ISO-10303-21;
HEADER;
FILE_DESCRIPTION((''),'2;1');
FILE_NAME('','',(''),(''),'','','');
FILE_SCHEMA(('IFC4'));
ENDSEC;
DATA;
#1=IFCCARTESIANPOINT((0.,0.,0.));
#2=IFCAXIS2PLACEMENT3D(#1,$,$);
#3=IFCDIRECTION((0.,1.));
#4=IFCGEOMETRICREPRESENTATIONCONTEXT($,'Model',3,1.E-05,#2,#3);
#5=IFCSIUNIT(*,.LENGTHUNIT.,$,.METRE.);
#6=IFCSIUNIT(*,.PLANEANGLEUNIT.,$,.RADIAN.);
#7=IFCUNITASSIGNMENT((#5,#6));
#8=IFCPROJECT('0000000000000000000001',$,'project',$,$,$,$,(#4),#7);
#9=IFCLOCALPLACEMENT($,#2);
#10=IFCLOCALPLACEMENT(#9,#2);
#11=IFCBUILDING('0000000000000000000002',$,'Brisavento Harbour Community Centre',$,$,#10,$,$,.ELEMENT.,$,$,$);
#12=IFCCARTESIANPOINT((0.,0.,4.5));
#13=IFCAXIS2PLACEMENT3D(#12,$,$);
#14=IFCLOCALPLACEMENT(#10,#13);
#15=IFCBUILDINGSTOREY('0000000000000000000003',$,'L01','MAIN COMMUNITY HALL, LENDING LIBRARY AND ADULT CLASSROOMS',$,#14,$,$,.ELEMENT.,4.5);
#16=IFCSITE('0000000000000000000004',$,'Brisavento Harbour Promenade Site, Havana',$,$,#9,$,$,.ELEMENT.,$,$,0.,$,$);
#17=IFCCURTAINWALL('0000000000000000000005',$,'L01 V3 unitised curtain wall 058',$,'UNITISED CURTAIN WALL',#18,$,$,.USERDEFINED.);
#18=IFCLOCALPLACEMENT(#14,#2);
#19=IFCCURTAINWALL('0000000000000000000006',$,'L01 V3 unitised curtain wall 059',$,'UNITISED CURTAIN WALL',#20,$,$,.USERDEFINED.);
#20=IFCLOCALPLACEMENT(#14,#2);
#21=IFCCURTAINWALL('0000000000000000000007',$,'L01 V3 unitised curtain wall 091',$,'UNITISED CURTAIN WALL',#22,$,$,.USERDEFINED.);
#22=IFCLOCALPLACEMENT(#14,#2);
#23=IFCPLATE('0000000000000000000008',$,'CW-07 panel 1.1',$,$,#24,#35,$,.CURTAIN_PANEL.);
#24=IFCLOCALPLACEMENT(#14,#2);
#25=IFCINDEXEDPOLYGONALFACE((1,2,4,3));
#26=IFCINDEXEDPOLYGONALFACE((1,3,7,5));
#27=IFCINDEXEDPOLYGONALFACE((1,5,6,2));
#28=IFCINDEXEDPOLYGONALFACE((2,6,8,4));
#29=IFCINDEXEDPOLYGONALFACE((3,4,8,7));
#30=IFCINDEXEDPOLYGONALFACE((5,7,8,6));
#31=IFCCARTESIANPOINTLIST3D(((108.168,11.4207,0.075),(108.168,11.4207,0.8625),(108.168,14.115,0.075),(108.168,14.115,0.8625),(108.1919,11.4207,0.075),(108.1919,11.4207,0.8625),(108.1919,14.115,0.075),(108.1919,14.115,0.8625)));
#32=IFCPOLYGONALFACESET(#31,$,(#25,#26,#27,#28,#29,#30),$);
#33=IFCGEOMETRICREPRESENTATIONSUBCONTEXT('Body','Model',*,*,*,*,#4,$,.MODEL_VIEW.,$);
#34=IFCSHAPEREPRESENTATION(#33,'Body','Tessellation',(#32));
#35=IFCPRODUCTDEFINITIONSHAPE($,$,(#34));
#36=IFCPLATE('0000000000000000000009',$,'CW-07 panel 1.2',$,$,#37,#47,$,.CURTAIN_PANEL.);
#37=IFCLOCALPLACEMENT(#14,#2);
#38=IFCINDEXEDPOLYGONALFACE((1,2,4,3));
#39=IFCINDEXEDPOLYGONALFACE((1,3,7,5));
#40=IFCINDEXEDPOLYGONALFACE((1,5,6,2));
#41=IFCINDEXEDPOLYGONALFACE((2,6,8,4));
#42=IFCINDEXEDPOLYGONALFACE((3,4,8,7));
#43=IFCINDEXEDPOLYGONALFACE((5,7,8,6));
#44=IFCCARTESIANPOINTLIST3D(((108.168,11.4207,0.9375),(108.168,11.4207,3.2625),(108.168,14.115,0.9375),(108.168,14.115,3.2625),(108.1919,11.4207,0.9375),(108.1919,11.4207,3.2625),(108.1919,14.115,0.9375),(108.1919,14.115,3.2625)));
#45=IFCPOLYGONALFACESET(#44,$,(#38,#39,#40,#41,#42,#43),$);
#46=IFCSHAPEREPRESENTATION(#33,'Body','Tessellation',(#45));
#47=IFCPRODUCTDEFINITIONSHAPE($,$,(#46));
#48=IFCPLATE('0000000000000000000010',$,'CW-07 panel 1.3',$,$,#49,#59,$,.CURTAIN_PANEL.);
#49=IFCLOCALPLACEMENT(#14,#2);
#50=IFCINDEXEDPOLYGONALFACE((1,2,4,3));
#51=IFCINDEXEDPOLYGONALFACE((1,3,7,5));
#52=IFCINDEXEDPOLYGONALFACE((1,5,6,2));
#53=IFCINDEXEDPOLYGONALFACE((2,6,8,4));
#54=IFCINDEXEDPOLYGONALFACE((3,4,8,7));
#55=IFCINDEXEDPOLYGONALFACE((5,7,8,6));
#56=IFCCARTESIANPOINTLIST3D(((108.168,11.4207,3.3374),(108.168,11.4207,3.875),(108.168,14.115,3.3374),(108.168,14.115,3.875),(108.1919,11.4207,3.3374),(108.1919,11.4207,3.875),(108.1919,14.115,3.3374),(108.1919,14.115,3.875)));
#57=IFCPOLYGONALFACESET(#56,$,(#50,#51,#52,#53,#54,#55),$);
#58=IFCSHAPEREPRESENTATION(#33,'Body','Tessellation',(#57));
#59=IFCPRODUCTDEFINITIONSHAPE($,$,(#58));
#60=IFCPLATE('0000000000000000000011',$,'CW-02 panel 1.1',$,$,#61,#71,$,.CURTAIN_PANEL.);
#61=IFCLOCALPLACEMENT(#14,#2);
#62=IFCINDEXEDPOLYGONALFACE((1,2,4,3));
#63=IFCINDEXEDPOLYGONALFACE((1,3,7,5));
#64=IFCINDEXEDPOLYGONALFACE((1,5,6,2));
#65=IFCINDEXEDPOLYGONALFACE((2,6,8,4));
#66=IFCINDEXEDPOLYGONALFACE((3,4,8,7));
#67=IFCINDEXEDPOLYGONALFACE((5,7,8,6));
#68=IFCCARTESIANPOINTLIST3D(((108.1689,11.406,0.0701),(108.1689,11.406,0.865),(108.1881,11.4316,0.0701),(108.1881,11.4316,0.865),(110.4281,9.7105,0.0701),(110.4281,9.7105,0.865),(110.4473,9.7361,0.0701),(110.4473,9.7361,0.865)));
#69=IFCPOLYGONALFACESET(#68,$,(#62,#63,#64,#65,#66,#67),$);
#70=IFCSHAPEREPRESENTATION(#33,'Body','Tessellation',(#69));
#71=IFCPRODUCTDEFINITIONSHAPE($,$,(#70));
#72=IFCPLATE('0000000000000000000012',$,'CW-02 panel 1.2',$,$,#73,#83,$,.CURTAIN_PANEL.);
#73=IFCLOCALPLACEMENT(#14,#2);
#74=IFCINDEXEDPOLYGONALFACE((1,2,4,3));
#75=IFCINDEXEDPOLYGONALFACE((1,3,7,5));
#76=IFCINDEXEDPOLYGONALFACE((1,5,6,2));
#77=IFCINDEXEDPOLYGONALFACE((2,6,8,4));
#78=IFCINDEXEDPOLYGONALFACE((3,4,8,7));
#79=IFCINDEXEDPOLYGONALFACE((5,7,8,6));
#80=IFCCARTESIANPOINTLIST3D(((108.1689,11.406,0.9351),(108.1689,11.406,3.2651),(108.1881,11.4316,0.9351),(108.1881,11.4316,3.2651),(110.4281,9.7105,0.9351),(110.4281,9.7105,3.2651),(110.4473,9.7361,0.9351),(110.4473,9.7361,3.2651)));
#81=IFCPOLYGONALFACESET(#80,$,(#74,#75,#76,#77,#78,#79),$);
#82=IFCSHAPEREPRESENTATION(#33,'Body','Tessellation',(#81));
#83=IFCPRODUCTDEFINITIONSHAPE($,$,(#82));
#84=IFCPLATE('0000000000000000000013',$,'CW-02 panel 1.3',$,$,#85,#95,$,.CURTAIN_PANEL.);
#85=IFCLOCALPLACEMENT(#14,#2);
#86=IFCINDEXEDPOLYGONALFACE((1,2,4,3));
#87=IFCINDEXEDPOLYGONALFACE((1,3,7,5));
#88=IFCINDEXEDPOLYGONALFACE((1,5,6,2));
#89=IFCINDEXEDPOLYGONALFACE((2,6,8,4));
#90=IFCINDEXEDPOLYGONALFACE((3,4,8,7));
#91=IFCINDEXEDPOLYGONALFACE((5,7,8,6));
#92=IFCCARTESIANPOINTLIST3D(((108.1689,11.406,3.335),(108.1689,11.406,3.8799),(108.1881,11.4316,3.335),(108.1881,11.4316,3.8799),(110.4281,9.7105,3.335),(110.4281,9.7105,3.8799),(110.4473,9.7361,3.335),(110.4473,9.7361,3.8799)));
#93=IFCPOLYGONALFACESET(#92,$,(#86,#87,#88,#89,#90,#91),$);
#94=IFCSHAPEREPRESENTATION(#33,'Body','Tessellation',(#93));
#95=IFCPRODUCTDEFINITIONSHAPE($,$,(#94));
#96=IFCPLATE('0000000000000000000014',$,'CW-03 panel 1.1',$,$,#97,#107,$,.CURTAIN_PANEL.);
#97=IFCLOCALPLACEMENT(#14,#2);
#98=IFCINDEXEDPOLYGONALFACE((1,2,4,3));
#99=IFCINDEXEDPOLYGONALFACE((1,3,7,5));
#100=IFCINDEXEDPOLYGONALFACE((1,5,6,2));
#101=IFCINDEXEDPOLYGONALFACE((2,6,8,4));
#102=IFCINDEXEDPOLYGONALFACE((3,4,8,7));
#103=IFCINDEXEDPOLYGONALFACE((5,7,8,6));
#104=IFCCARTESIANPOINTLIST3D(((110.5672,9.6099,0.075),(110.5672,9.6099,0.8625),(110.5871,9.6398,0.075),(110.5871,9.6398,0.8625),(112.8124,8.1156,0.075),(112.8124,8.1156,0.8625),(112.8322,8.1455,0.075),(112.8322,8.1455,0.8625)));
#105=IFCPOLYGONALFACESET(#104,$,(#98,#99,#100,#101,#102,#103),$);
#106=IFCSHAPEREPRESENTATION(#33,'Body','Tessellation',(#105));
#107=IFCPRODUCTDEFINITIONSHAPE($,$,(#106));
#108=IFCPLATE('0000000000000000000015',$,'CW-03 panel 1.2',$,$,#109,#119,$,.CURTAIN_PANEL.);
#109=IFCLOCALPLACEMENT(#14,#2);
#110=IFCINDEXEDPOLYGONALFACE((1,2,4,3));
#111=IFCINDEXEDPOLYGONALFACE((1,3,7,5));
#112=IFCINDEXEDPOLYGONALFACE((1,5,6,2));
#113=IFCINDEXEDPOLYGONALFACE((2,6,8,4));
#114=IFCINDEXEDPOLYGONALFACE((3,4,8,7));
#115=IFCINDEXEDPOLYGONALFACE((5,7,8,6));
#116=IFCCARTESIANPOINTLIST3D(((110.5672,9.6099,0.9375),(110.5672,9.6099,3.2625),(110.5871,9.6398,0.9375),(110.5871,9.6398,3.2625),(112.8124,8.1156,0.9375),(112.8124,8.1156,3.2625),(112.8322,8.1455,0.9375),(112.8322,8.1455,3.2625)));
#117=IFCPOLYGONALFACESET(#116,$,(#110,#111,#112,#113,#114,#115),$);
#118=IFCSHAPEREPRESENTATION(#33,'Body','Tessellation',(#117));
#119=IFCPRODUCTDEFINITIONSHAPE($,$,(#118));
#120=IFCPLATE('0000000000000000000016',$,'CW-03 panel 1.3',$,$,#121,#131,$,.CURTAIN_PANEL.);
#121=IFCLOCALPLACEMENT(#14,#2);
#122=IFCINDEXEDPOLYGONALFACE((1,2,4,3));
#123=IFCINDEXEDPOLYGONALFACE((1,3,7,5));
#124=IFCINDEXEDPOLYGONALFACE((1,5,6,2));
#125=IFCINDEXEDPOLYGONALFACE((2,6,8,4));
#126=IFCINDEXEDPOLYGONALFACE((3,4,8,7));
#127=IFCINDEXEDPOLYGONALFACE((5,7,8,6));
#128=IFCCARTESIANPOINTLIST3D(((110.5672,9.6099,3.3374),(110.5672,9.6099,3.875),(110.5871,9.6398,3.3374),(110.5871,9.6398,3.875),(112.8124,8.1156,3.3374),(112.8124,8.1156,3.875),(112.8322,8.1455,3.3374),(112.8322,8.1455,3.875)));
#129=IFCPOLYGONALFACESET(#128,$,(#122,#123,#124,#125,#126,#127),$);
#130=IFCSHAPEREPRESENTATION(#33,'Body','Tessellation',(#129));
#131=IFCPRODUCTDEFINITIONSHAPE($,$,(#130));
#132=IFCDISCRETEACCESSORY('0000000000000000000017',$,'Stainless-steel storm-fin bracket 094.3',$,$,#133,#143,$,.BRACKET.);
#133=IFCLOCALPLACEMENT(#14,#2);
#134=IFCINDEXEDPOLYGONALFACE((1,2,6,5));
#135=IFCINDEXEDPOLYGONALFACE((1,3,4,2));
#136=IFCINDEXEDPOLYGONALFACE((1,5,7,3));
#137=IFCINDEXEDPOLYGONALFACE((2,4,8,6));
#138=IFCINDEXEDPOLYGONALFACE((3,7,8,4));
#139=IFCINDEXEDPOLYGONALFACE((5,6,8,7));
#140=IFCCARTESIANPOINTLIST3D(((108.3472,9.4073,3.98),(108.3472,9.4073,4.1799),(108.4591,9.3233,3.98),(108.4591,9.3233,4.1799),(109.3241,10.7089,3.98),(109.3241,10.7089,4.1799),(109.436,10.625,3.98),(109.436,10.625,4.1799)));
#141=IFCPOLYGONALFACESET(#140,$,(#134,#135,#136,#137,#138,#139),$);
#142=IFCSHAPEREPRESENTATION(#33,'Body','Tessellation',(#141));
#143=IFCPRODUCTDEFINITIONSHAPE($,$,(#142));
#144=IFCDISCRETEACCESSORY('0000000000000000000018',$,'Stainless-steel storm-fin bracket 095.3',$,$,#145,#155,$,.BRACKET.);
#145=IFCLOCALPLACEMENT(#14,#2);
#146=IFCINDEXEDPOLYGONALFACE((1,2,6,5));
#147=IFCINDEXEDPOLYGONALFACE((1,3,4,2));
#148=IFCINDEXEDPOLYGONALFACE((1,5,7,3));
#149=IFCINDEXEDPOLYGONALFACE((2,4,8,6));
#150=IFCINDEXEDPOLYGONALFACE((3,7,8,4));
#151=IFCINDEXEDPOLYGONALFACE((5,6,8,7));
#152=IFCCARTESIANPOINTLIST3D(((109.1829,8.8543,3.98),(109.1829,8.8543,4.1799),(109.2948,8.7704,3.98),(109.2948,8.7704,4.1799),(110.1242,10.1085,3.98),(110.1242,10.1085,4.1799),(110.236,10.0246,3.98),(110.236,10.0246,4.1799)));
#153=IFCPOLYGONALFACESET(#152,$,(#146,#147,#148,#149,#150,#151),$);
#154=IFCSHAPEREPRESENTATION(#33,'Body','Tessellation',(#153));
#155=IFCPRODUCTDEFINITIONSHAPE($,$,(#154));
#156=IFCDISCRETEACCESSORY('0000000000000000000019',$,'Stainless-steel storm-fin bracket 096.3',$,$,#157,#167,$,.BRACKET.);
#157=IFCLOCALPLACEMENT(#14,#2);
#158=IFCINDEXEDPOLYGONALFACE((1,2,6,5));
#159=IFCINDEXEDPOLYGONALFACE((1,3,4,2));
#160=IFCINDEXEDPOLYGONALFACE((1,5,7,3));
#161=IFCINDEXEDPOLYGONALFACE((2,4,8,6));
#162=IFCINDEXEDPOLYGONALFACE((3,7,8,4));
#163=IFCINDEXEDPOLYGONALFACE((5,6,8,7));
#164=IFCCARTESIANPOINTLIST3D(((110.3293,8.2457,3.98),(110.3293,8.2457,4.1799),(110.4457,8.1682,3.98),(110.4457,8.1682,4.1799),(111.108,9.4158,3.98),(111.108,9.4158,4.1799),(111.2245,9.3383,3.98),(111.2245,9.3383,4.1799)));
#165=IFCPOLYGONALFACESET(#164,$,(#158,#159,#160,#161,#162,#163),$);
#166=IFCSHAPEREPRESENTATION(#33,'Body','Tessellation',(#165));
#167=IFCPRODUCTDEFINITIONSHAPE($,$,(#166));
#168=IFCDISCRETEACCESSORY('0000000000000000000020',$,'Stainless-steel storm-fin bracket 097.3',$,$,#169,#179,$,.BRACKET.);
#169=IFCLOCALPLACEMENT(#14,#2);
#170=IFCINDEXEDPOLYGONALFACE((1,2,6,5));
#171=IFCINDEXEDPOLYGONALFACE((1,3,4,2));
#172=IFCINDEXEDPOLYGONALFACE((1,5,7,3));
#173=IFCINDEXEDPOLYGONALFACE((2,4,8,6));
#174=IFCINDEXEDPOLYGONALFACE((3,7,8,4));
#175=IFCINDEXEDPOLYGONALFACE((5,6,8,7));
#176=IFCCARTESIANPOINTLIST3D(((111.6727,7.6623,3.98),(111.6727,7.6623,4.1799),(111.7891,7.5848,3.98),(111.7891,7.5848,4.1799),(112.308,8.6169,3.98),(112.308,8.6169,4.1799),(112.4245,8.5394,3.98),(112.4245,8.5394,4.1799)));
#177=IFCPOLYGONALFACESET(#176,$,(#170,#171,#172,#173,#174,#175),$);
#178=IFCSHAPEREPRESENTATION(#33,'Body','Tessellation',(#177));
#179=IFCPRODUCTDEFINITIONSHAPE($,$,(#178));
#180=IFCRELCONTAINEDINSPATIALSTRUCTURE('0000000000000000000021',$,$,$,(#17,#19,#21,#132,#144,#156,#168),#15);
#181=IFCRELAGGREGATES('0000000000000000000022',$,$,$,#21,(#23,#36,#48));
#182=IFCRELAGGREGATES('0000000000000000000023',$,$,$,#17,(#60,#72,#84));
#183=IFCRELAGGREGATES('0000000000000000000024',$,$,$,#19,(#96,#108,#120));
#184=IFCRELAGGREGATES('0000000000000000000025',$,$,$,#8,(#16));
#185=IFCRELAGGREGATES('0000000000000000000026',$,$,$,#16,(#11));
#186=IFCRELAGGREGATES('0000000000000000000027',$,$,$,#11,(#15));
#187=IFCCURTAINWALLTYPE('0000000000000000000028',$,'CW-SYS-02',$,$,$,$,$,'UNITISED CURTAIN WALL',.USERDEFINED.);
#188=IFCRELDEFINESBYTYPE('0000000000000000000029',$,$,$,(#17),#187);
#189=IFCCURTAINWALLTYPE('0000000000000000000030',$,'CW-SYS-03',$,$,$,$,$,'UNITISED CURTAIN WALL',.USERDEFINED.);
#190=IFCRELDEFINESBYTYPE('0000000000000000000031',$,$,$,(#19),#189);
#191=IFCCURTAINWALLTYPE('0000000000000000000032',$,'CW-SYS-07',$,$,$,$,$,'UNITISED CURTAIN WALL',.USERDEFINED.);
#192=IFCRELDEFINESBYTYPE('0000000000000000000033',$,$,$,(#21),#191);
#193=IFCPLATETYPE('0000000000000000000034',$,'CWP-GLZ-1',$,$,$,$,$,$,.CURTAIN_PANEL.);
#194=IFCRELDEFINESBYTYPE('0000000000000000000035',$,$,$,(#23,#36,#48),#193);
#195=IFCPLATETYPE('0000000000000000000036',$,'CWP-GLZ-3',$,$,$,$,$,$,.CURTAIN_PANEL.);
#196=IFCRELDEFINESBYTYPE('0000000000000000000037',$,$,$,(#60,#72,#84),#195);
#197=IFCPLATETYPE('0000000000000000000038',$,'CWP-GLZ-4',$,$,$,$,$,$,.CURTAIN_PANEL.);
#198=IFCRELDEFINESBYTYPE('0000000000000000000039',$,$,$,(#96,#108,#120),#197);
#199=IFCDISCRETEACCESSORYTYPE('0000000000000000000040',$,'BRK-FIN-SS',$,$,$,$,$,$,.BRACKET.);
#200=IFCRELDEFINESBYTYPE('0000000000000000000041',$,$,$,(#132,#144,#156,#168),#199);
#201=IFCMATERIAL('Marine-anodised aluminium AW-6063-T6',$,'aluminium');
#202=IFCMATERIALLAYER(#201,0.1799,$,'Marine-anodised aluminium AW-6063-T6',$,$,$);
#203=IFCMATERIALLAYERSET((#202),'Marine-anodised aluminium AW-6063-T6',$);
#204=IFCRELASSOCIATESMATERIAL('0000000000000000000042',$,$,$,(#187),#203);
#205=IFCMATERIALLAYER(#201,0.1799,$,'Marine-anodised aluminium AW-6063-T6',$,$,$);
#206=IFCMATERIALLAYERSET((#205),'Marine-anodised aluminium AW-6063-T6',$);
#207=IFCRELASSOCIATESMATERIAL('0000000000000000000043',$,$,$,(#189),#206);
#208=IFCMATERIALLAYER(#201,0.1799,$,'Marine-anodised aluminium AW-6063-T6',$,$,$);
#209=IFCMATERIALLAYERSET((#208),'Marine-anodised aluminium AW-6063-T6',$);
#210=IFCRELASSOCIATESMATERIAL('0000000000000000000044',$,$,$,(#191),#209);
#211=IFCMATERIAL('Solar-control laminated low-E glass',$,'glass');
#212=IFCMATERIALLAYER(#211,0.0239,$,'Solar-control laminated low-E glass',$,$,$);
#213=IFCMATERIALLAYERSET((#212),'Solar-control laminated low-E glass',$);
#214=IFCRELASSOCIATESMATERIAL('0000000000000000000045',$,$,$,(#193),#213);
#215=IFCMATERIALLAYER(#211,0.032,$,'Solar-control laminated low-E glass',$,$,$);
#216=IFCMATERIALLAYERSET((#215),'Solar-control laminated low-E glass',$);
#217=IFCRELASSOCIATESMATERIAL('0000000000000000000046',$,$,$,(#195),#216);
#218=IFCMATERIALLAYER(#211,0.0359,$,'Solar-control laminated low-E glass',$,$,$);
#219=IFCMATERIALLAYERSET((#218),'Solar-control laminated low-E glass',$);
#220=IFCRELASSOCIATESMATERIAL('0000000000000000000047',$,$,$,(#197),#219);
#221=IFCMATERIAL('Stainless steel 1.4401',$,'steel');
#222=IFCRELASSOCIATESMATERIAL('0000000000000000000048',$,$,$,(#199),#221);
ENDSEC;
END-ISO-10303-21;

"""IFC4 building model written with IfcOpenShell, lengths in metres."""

from ifc_helpers import new_model, si_unit, direction, frame, origin, origin_2d, place, context, subcontext, project, spatial, rectangle, extrude, material, layer, layer_set, type_object, element, aggregate, save


model = new_model("IFC4")

# Units and contexts
model_context = context("Model", 3, precision=1e-05, world=origin(), true_north=direction((0.0, 1.0)))
body_context = subcontext(model_context, "Body", "Model", "MODEL_VIEW")
ifc_project = project(units=[si_unit("LENGTHUNIT", "METRE"), si_unit("PLANEANGLEUNIT", "RADIAN")], contexts=[model_context])

# Site, building, storey
site_placement = place(None, origin())
site = spatial("IfcSite", under=ifc_project, at=site_placement, Name="Brisavento Harbour Promenade Site, Havana", CompositionType="ELEMENT", RefElevation=0.0)
building_placement = place(site_placement, origin())
building = spatial("IfcBuilding", under=site, at=building_placement, Name="Brisavento Harbour Community Centre", CompositionType="ELEMENT")
storey_placement = place(building_placement, frame((0.0, 0.0, 4.5)))
storey = spatial("IfcBuildingStorey", under=building, at=storey_placement, Name="L01", Description="MAIN COMMUNITY HALL, LENDING LIBRARY AND ADULT CLASSROOMS", CompositionType="ELEMENT", Elevation=4.5)

# Curtain wall
ifc_material_1 = material(Name="Marine-anodised aluminium AW-6063-T6", Category="aluminium")
ifc_layer_1 = layer(ifc_material_1, 0.1799, Name="Marine-anodised aluminium AW-6063-T6")
ifc_layer_set_1 = layer_set([ifc_layer_1], Name="Marine-anodised aluminium AW-6063-T6")
curtain_wall_type_1 = type_object("IfcCurtainWallType", Name="CW-SYS-02", ElementType="UNITISED CURTAIN WALL", PredefinedType="USERDEFINED", material=ifc_layer_set_1)
curtain_wall_1_placement = place(storey_placement, origin())
curtain_wall_1 = element("IfcCurtainWall", 1, at=curtain_wall_1_placement, inside=storey, type_object=curtain_wall_type_1, Name="L01 V3 unitised curtain wall 058", ObjectType="UNITISED CURTAIN WALL", PredefinedType="USERDEFINED")

# Curtain wall
ifc_layer_2 = layer(ifc_material_1, 0.1799, Name="Marine-anodised aluminium AW-6063-T6")
ifc_layer_set_2 = layer_set([ifc_layer_2], Name="Marine-anodised aluminium AW-6063-T6")
curtain_wall_type_2 = type_object("IfcCurtainWallType", Name="CW-SYS-03", ElementType="UNITISED CURTAIN WALL", PredefinedType="USERDEFINED", material=ifc_layer_set_2)
curtain_wall_2_placement = place(storey_placement, origin())
curtain_wall_2 = element("IfcCurtainWall", 2, at=curtain_wall_2_placement, inside=storey, type_object=curtain_wall_type_2, Name="L01 V3 unitised curtain wall 059", ObjectType="UNITISED CURTAIN WALL", PredefinedType="USERDEFINED")

# Curtain wall
ifc_layer_3 = layer(ifc_material_1, 0.1799, Name="Marine-anodised aluminium AW-6063-T6")
ifc_layer_set_3 = layer_set([ifc_layer_3], Name="Marine-anodised aluminium AW-6063-T6")
curtain_wall_type_3 = type_object("IfcCurtainWallType", Name="CW-SYS-07", ElementType="UNITISED CURTAIN WALL", PredefinedType="USERDEFINED", material=ifc_layer_set_3)
curtain_wall_3_placement = place(storey_placement, origin())
curtain_wall_3 = element("IfcCurtainWall", 3, at=curtain_wall_3_placement, inside=storey, type_object=curtain_wall_type_3, Name="L01 V3 unitised curtain wall 091", ObjectType="UNITISED CURTAIN WALL", PredefinedType="USERDEFINED")

# Plates
ifc_material_2 = material(Name="Solar-control laminated low-E glass", Category="glass")
ifc_layer_4 = layer(ifc_material_2, 0.0239, Name="Solar-control laminated low-E glass")
ifc_layer_set_4 = layer_set([ifc_layer_4], Name="Solar-control laminated low-E glass")
plate_type_1 = type_object("IfcPlateType", Name="CWP-GLZ-1", PredefinedType="CURTAIN_PANEL", material=ifc_layer_set_4)
plate_1_placement = place(storey_placement, frame((108.1799, 12.7678, 0.075), z_axis=(0.0, 0.0, 1.0), x_axis=(0.0, 1.0, 0.0)))
plate_1 = element("IfcPlate", 4, at=plate_1_placement, type_object=plate_type_1, Name="CW-07 panel 1.1", PredefinedType="CURTAIN_PANEL", context=body_context, shape_type="SweptSolid", body=[
    extrude(rectangle(XDim=2.6943, YDim=0.0239, at=origin_2d()), origin(), (0.0, 0.0, 1.0), 0.7876),
])
plate_2_placement = place(storey_placement, frame((108.1799, 12.7678, 0.9375), z_axis=(0.0, 0.0, 1.0), x_axis=(0.0, 1.0, 0.0)))
plate_2 = element("IfcPlate", 5, at=plate_2_placement, type_object=plate_type_1, Name="CW-07 panel 1.2", PredefinedType="CURTAIN_PANEL", context=body_context, shape_type="SweptSolid", body=[
    extrude(rectangle(XDim=2.6943, YDim=0.0239, at=origin_2d()), origin(), (0.0, 0.0, 1.0), 2.325),
])
plate_3_placement = place(storey_placement, frame((108.1799, 12.7678, 3.3374), z_axis=(0.0, 0.0, 1.0), x_axis=(0.0, 1.0, 0.0)))
plate_3 = element("IfcPlate", 6, at=plate_3_placement, type_object=plate_type_1, Name="CW-07 panel 1.3", PredefinedType="CURTAIN_PANEL", context=body_context, shape_type="SweptSolid", body=[
    extrude(rectangle(XDim=2.6943, YDim=0.0239, at=origin_2d()), origin(), (0.0, 0.0, 1.0), 0.5376),
])
aggregate(curtain_wall_3, [plate_1, plate_2, plate_3])
ifc_layer_5 = layer(ifc_material_2, 0.032, Name="Solar-control laminated low-E glass")
ifc_layer_set_5 = layer_set([ifc_layer_5], Name="Solar-control laminated low-E glass")
plate_type_2 = type_object("IfcPlateType", Name="CWP-GLZ-3", PredefinedType="CURTAIN_PANEL", material=ifc_layer_set_5)
plate_4_placement = place(storey_placement, frame((109.3081, 10.571, 0.0701), z_axis=(0.0, 0.0, 1.0), x_axis=(-0.799806, 0.600259, 0.0)))
plate_4 = element("IfcPlate", 7, at=plate_4_placement, type_object=plate_type_2, Name="CW-02 panel 1.1", PredefinedType="CURTAIN_PANEL", context=body_context, shape_type="SweptSolid", body=[
    extrude(rectangle(XDim=2.8247, YDim=0.032, at=origin_2d()), origin(), (0.0, 0.0, 1.0), 0.7949),
])
plate_5_placement = place(storey_placement, frame((109.3081, 10.571, 0.9351), z_axis=(0.0, 0.0, 1.0), x_axis=(-0.799806, 0.600259, 0.0)))
plate_5 = element("IfcPlate", 8, at=plate_5_placement, type_object=plate_type_2, Name="CW-02 panel 1.2", PredefinedType="CURTAIN_PANEL", context=body_context, shape_type="SweptSolid", body=[
    extrude(rectangle(XDim=2.8247, YDim=0.032, at=origin_2d()), origin(), (0.0, 0.0, 1.0), 2.3301),
])
plate_6_placement = place(storey_placement, frame((109.3081, 10.571, 3.335), z_axis=(0.0, 0.0, 1.0), x_axis=(-0.799806, 0.600259, 0.0)))
plate_6 = element("IfcPlate", 9, at=plate_6_placement, type_object=plate_type_2, Name="CW-02 panel 1.3", PredefinedType="CURTAIN_PANEL", context=body_context, shape_type="SweptSolid", body=[
    extrude(rectangle(XDim=2.8247, YDim=0.032, at=origin_2d()), origin(), (0.0, 0.0, 1.0), 0.5449),
])
aggregate(curtain_wall_1, [plate_4, plate_5, plate_6])
ifc_layer_6 = layer(ifc_material_2, 0.0359, Name="Solar-control laminated low-E glass")
ifc_layer_set_6 = layer_set([ifc_layer_6], Name="Solar-control laminated low-E glass")
plate_type_3 = type_object("IfcPlateType", Name="CWP-GLZ-4", PredefinedType="CURTAIN_PANEL", material=ifc_layer_set_6)
plate_7_placement = place(storey_placement, frame((111.6997, 8.8777, 0.075), z_axis=(0.0, 0.0, 1.0), x_axis=(-0.832472, 0.554068, 0.0)))
plate_7 = element("IfcPlate", 10, at=plate_7_placement, type_object=plate_type_3, Name="CW-03 panel 1.1", PredefinedType="CURTAIN_PANEL", context=body_context, shape_type="SweptSolid", body=[
    extrude(rectangle(XDim=2.697, YDim=0.0359, at=origin_2d()), origin(), (0.0, 0.0, 1.0), 0.7876),
])
plate_8_placement = place(storey_placement, frame((111.6997, 8.8777, 0.9375), z_axis=(0.0, 0.0, 1.0), x_axis=(-0.832472, 0.554068, 0.0)))
plate_8 = element("IfcPlate", 11, at=plate_8_placement, type_object=plate_type_3, Name="CW-03 panel 1.2", PredefinedType="CURTAIN_PANEL", context=body_context, shape_type="SweptSolid", body=[
    extrude(rectangle(XDim=2.697, YDim=0.0359, at=origin_2d()), origin(), (0.0, 0.0, 1.0), 2.325),
])
plate_9_placement = place(storey_placement, frame((111.6997, 8.8777, 3.3374), z_axis=(0.0, 0.0, 1.0), x_axis=(-0.832472, 0.554068, 0.0)))
plate_9 = element("IfcPlate", 12, at=plate_9_placement, type_object=plate_type_3, Name="CW-03 panel 1.3", PredefinedType="CURTAIN_PANEL", context=body_context, shape_type="SweptSolid", body=[
    extrude(rectangle(XDim=2.697, YDim=0.0359, at=origin_2d()), origin(), (0.0, 0.0, 1.0), 0.5376),
])
aggregate(curtain_wall_2, [plate_7, plate_8, plate_9])

# Discrete accessories
ifc_material_3 = material(Name="Stainless steel 1.4401", Category="steel")
discrete_accessory_type = type_object("IfcDiscreteAccessoryType", Name="BRK-FIN-SS", PredefinedType="BRACKET", material=ifc_material_3)
discrete_accessory_1_placement = place(storey_placement, frame((108.8916, 10.0161, 3.98), z_axis=(0.0, 0.0, 1.0), x_axis=(-0.600253, -0.79981, 0.0)))
element("IfcDiscreteAccessory", 13, at=discrete_accessory_1_placement, inside=storey, type_object=discrete_accessory_type, Name="Stainless-steel storm-fin bracket 094.3", PredefinedType="BRACKET", context=body_context, shape_type="SweptSolid", body=[
    extrude(rectangle(XDim=1.6274, YDim=0.1399, at=origin_2d()), origin(), (0.0, 0.0, 1.0), 0.2),
])
discrete_accessory_2_placement = place(storey_placement, frame((109.7095, 9.4395, 3.98), z_axis=(0.0, 0.0, 1.0), x_axis=(-0.600253, -0.79981, 0.0)))
element("IfcDiscreteAccessory", 14, at=discrete_accessory_2_placement, inside=storey, type_object=discrete_accessory_type, Name="Stainless-steel storm-fin bracket 095.3", PredefinedType="BRACKET", context=body_context, shape_type="SweptSolid", body=[
    extrude(rectangle(XDim=1.5681, YDim=0.1399, at=origin_2d()), origin(), (0.0, 0.0, 1.0), 0.2),
])
discrete_accessory_3_placement = place(storey_placement, frame((110.7769, 8.792, 3.98), z_axis=(0.0, 0.0, 1.0), x_axis=(-0.55406, -0.832477, 0.0)))
element("IfcDiscreteAccessory", 15, at=discrete_accessory_3_placement, inside=storey, type_object=discrete_accessory_type, Name="Stainless-steel storm-fin bracket 096.3", PredefinedType="BRACKET", context=body_context, shape_type="SweptSolid", body=[
    extrude(rectangle(XDim=1.4055, YDim=0.1399, at=origin_2d()), origin(), (0.0, 0.0, 1.0), 0.2),
])
discrete_accessory_4_placement = place(storey_placement, frame((112.0486, 8.1008, 3.98), z_axis=(0.0, 0.0, 1.0), x_axis=(-0.55406, -0.832477, 0.0)))
element("IfcDiscreteAccessory", 16, at=discrete_accessory_4_placement, inside=storey, type_object=discrete_accessory_type, Name="Stainless-steel storm-fin bracket 097.3", PredefinedType="BRACKET", context=body_context, shape_type="SweptSolid", body=[
    extrude(rectangle(XDim=1.1467, YDim=0.1399, at=origin_2d()), origin(), (0.0, 0.0, 1.0), 0.2),
])

save(model, "model.ifc")
